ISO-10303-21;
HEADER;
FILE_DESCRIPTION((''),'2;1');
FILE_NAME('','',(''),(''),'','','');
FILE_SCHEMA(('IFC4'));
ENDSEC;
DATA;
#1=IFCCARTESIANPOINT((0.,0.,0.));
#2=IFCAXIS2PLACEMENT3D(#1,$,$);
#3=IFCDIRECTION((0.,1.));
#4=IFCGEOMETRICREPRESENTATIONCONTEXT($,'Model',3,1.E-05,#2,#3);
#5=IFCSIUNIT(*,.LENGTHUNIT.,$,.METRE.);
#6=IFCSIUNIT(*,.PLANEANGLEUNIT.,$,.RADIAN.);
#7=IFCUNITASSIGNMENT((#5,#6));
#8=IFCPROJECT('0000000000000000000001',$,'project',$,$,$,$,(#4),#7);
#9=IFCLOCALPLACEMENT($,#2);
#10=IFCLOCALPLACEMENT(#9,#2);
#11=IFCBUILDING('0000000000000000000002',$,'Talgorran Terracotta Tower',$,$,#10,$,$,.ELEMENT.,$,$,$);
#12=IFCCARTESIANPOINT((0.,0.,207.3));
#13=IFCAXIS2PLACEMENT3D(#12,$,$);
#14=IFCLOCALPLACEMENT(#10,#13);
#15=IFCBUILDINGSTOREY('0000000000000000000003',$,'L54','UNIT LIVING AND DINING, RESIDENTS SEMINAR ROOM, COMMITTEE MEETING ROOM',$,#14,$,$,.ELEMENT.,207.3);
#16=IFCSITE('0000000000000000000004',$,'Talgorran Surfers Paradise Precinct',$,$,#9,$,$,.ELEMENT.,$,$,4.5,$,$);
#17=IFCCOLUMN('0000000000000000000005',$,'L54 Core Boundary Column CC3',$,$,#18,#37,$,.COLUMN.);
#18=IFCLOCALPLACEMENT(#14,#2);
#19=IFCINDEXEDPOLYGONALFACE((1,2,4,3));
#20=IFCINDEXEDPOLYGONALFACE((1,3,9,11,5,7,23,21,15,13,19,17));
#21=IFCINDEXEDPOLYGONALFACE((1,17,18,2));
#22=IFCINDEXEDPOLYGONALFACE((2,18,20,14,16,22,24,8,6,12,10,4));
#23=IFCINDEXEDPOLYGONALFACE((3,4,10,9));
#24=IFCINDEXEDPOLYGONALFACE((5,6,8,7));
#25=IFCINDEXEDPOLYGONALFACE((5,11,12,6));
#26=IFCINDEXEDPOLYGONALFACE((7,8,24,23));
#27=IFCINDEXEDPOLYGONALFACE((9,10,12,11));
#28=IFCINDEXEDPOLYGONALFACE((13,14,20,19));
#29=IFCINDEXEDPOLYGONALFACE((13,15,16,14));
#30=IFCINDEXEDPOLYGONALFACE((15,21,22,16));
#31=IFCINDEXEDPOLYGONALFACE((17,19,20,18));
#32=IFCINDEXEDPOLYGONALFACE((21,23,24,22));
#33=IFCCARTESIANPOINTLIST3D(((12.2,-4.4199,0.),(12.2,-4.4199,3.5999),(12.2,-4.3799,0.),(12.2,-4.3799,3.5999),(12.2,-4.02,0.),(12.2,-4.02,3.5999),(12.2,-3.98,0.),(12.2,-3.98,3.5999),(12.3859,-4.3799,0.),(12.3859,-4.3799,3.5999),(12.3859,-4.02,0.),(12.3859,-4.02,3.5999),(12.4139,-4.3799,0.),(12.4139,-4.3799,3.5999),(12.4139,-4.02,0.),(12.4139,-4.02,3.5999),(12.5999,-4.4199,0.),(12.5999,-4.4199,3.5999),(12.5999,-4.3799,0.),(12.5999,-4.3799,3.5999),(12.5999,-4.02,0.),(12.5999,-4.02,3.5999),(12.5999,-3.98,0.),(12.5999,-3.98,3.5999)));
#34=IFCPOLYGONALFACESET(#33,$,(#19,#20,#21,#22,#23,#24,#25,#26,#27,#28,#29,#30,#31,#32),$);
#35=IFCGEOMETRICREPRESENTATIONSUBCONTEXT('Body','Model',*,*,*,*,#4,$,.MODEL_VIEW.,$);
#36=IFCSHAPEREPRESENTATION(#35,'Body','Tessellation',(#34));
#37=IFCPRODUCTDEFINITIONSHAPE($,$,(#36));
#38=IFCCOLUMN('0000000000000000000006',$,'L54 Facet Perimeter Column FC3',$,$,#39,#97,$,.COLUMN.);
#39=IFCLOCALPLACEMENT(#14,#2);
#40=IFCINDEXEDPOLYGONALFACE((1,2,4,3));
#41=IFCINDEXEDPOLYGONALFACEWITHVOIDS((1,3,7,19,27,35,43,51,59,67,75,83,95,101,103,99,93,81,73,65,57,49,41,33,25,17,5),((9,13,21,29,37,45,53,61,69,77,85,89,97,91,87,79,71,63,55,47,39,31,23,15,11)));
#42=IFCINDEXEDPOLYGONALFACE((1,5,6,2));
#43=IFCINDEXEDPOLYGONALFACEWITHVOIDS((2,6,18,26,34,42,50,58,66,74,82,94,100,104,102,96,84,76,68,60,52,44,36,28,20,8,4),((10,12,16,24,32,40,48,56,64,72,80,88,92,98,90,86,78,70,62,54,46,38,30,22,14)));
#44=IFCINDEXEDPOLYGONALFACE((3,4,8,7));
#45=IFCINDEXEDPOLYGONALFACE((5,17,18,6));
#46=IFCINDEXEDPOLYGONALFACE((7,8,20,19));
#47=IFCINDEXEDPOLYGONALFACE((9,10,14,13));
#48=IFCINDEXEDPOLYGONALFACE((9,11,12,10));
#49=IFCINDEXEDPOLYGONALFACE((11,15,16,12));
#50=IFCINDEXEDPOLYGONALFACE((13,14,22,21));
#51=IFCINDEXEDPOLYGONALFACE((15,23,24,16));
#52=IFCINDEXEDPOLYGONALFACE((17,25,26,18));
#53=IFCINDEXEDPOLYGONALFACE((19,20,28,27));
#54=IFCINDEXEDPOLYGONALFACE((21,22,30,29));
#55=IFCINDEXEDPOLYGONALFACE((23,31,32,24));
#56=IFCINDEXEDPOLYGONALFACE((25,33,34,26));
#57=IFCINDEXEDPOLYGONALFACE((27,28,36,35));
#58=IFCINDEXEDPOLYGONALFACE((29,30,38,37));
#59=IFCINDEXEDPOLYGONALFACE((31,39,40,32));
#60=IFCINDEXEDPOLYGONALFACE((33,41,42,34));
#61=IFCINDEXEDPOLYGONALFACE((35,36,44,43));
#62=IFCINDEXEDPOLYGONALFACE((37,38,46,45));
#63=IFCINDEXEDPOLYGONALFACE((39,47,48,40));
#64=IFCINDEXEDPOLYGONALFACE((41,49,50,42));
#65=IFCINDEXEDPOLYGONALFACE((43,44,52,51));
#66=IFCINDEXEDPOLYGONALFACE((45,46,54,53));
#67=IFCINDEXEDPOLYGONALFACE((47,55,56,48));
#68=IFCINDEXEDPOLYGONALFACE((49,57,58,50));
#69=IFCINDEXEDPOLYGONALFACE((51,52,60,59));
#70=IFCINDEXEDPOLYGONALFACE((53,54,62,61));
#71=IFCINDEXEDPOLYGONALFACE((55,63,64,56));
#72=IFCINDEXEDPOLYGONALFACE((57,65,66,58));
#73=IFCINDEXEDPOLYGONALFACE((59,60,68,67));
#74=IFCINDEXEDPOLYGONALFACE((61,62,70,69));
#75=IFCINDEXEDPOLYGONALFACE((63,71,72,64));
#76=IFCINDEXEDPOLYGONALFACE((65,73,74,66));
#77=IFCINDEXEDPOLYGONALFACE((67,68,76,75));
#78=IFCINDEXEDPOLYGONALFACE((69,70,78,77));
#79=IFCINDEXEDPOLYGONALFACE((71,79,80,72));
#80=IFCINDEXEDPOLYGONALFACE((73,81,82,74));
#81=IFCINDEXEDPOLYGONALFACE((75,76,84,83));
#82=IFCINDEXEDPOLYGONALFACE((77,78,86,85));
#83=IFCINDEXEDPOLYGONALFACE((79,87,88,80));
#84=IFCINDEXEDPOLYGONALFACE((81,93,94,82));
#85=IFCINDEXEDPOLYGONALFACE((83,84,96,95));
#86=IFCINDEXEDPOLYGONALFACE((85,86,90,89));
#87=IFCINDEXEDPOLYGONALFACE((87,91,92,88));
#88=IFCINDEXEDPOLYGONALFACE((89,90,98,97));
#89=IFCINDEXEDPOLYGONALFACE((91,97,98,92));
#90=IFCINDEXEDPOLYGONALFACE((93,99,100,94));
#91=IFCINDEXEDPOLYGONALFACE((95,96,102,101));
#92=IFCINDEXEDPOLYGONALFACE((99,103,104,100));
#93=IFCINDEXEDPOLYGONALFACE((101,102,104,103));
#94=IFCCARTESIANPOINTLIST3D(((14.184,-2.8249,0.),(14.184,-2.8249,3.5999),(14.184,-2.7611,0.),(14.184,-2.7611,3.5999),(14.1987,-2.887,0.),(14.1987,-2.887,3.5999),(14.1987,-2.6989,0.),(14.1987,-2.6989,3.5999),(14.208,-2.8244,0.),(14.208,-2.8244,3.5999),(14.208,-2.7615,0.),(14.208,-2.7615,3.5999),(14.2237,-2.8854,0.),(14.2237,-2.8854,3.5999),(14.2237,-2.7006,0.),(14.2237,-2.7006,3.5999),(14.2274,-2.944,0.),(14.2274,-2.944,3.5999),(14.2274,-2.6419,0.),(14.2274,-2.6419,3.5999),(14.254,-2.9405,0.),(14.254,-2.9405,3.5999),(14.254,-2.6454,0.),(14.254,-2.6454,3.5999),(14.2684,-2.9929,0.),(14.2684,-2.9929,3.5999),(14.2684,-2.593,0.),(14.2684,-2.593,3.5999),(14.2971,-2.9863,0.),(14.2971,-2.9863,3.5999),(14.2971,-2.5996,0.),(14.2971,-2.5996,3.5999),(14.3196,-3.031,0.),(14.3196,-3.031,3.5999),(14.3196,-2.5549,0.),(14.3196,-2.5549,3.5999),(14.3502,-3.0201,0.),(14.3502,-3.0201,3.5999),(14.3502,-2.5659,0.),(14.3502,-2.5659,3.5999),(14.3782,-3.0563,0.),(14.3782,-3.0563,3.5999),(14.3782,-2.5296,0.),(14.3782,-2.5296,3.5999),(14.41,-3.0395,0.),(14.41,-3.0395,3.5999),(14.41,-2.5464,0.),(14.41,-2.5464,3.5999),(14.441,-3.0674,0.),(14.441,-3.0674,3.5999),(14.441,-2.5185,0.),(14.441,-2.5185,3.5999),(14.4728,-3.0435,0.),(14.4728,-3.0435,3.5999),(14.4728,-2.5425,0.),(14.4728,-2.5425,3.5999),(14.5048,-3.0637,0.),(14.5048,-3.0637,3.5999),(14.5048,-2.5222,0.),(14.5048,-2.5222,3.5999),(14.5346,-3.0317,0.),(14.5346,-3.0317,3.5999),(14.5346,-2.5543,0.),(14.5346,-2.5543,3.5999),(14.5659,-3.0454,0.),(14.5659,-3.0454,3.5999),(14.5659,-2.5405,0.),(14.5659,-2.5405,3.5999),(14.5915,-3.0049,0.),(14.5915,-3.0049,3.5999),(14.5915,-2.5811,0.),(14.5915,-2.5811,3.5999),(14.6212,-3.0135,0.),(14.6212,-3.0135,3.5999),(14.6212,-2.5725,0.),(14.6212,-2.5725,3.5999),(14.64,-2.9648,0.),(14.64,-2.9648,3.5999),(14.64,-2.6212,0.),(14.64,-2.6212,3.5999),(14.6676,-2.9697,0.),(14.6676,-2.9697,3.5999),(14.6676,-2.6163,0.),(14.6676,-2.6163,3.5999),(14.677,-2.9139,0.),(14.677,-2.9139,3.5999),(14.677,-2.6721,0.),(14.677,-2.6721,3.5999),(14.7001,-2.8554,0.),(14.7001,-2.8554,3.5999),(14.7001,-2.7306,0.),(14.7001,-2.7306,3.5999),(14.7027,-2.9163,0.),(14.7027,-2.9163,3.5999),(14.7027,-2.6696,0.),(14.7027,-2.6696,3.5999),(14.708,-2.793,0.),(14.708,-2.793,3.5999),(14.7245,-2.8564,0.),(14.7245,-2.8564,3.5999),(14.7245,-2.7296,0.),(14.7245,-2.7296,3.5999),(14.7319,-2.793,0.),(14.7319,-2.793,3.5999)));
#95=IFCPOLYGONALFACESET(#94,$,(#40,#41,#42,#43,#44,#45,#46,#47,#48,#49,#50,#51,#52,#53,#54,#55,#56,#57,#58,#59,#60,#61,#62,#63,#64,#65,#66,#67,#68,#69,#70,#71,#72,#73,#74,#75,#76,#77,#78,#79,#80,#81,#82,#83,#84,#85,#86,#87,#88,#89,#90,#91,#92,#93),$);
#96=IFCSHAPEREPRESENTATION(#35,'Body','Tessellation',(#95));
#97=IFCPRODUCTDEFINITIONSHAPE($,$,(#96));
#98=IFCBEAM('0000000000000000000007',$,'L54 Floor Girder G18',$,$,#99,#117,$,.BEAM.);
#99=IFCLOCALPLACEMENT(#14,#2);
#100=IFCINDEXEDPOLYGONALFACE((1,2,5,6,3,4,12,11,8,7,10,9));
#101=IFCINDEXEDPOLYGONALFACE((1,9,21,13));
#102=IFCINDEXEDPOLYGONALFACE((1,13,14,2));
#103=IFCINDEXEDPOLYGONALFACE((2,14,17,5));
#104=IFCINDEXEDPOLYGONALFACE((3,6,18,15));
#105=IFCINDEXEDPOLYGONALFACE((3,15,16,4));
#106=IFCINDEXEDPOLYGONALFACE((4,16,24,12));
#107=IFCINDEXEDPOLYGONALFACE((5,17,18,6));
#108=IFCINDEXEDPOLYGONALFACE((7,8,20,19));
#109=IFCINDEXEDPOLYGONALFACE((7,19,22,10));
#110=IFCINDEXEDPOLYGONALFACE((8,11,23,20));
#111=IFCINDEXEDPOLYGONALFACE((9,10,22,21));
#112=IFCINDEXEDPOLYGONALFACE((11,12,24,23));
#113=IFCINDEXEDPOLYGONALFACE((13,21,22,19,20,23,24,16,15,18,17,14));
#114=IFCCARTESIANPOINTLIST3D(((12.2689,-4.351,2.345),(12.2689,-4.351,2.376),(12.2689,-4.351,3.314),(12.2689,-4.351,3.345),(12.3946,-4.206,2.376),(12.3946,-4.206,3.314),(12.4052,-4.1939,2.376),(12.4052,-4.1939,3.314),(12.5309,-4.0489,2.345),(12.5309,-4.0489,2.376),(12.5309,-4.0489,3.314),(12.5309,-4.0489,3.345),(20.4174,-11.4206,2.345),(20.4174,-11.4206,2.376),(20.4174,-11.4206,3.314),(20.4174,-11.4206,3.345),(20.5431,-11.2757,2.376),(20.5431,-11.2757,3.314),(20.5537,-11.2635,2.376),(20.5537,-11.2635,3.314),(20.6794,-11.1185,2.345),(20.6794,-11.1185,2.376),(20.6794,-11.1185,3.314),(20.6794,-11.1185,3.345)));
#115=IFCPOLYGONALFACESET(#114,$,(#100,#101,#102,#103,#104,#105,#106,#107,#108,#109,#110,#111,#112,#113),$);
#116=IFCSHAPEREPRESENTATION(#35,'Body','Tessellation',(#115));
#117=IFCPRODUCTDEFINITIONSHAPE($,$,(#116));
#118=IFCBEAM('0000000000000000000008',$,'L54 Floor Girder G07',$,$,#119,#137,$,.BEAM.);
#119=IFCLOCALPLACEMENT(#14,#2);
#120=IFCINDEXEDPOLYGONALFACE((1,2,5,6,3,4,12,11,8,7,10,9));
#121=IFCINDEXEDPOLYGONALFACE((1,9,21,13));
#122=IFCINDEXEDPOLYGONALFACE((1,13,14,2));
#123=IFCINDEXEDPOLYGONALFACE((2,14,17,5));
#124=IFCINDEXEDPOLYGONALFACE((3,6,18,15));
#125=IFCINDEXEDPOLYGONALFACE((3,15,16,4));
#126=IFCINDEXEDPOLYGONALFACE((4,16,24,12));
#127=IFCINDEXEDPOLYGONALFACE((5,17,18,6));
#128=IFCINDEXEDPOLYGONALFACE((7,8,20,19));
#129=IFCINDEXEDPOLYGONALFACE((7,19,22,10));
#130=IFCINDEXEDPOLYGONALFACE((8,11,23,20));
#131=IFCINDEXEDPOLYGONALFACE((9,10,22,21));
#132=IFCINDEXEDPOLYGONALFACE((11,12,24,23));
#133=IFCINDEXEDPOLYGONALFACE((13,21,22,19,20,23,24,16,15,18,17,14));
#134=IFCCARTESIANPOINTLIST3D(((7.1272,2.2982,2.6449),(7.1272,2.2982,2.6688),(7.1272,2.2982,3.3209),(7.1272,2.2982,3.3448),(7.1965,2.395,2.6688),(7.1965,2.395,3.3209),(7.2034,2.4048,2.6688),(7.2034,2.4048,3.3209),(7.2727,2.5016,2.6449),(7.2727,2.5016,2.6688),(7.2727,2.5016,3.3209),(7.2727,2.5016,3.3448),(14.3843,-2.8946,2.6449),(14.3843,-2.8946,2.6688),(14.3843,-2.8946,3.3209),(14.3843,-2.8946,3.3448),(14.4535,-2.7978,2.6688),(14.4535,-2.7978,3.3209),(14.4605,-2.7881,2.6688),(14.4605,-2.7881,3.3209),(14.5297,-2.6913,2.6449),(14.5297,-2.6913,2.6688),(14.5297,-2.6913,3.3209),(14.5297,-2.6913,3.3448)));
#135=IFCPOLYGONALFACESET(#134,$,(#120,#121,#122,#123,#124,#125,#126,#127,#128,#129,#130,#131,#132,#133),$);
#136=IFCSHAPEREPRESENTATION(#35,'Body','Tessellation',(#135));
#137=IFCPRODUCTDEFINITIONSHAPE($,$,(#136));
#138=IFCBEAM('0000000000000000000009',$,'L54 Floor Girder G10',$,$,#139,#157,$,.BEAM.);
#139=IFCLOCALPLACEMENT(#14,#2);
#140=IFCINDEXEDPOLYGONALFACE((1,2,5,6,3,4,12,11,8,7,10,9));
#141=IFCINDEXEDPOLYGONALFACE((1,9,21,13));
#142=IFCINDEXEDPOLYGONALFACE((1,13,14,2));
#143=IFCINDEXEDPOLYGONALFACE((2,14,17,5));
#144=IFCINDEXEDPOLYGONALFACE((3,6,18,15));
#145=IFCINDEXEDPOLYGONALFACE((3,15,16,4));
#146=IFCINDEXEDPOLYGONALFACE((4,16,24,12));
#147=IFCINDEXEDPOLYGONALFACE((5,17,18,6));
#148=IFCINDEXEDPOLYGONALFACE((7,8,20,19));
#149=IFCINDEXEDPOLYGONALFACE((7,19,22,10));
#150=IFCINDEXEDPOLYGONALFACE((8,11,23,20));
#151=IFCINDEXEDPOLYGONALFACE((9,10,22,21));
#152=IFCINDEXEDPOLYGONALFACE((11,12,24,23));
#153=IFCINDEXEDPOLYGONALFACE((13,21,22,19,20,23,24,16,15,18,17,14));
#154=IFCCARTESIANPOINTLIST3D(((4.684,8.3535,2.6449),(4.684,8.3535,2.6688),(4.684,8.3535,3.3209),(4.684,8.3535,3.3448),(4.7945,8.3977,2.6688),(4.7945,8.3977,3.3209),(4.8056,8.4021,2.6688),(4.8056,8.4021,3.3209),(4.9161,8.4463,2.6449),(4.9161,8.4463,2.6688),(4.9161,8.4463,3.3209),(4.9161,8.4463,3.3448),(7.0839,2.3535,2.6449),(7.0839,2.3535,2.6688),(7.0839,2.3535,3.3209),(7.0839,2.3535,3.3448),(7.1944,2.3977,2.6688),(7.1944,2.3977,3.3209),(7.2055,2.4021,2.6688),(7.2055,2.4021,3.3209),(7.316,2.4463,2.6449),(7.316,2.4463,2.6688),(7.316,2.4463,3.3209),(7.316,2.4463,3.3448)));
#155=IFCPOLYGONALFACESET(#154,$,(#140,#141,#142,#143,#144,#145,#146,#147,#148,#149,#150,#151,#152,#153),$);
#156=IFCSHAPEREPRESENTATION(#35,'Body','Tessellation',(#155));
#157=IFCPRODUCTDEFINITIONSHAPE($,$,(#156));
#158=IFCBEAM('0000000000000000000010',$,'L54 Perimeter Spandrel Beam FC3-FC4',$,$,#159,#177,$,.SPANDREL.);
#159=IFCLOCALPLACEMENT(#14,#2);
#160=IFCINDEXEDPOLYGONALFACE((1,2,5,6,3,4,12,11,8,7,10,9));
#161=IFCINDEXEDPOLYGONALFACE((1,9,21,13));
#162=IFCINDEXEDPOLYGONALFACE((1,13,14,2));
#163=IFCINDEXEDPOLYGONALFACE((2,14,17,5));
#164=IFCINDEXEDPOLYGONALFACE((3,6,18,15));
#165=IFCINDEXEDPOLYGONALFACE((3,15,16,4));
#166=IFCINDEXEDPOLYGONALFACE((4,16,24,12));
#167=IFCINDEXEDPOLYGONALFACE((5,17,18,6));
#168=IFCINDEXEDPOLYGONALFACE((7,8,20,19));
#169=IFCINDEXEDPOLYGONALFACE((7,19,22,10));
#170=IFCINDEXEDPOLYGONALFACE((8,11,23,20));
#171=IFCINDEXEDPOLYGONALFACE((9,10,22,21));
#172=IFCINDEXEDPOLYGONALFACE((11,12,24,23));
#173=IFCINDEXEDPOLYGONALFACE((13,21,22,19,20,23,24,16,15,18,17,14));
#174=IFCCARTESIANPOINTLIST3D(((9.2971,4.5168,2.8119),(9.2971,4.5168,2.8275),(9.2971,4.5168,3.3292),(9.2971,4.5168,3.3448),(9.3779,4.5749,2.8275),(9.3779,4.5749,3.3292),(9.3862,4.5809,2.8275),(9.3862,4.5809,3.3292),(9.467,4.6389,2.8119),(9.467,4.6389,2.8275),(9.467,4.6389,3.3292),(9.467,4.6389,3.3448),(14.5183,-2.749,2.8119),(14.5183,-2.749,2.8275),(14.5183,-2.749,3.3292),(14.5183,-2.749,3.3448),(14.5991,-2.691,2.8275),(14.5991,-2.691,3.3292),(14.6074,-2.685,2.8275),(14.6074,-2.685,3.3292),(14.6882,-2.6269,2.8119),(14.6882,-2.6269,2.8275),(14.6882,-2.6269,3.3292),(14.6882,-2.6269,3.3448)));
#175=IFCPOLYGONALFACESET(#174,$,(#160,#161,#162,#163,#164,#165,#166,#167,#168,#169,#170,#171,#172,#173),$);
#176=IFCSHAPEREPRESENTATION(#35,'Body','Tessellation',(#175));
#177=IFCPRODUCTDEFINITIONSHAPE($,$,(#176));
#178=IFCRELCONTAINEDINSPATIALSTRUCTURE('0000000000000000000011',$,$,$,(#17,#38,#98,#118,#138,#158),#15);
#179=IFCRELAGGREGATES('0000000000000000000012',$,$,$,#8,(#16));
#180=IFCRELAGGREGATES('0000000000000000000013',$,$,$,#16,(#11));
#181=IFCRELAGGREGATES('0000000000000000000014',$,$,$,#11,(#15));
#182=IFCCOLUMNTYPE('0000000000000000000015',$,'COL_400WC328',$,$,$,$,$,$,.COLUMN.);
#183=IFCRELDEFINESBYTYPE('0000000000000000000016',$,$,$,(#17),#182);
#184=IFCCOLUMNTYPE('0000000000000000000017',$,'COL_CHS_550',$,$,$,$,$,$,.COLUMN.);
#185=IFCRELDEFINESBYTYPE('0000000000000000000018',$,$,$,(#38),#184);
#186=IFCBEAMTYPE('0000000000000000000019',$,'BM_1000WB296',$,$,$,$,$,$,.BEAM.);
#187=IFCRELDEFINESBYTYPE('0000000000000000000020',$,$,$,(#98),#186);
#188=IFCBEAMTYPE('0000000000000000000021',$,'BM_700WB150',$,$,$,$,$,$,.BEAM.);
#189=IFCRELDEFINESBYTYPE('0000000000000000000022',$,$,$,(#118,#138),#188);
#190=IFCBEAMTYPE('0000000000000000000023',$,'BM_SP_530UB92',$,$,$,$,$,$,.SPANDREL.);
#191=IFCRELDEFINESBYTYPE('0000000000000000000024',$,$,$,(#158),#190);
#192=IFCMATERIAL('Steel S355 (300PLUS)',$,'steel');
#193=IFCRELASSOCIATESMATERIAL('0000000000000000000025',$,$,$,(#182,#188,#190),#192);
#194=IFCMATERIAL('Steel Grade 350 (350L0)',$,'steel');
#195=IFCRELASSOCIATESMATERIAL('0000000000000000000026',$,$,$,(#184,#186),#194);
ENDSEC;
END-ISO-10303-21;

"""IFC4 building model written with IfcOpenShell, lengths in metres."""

from ifc_helpers import new_model, si_unit, direction, frame, origin, origin_2d, place, context, subcontext, project, spatial, hollow_circle, i_section, extrude, material, material_profile, profile_set, type_object, element, save


model = new_model("IFC4")

# Units and contexts
model_context = context("Model", 3, precision=1e-05, world=origin(), true_north=direction((0.0, 1.0)))
body_context = subcontext(model_context, "Body", "Model", "MODEL_VIEW")
ifc_project = project(units=[si_unit("LENGTHUNIT", "METRE"), si_unit("PLANEANGLEUNIT", "RADIAN")], contexts=[model_context])

# Site, building, storey
site_placement = place(None, origin())
site = spatial("IfcSite", under=ifc_project, at=site_placement, Name="Talgorran Surfers Paradise Precinct", CompositionType="ELEMENT", RefElevation=4.5)
building_placement = place(site_placement, origin())
building = spatial("IfcBuilding", under=site, at=building_placement, Name="Talgorran Terracotta Tower", CompositionType="ELEMENT")
storey_placement = place(building_placement, frame((0.0, 0.0, 207.3)))
storey = spatial("IfcBuildingStorey", under=building, at=storey_placement, Name="L54", Description="UNIT LIVING AND DINING, RESIDENTS SEMINAR ROOM, COMMITTEE MEETING ROOM", CompositionType="ELEMENT", Elevation=207.3)

# Columns
ifc_material_1 = material(Name="Steel S355 (300PLUS)", Category="steel")
ifc_material_profile_1 = material_profile(ifc_material_1, i_section(OverallWidth=0.3999, OverallDepth=0.4399, WebThickness=0.0281, FlangeThickness=0.04, at=origin_2d()), Name="400WC328")
ifc_profile_set_1 = profile_set([ifc_material_profile_1], Name="Steel S355 (300PLUS)")
column_type_1 = type_object("IfcColumnType", Name="COL_400WC328", PredefinedType="COLUMN", material=ifc_profile_set_1)
column_1_placement = place(storey_placement, frame((12.3999, -4.2, 0.0), z_axis=(0.0, 0.0, 1.0), x_axis=(1.0, 0.0, 0.0)))
element("IfcColumn", 1, at=column_1_placement, inside=storey, type_object=column_type_1, Name="L54 Core Boundary Column CC3", PredefinedType="COLUMN", context=body_context, shape_type="SweptSolid", body=[
    extrude(i_section(OverallWidth=0.3999, OverallDepth=0.4399, WebThickness=0.0281, FlangeThickness=0.04, at=origin_2d()), origin(), (0.0, 0.0, 1.0), 3.5999),
])
ifc_material_2 = material(Name="Steel Grade 350 (350L0)", Category="steel")
ifc_material_profile_2 = material_profile(ifc_material_2, hollow_circle(Radius=0.2749, WallThickness=0.0239, at=origin_2d()), Name="CHS550X24")
ifc_profile_set_2 = profile_set([ifc_material_profile_2], Name="Steel Grade 350 (350L0)")
column_type_2 = type_object("IfcColumnType", Name="COL_CHS_550", PredefinedType="COLUMN", material=ifc_profile_set_2)
column_2_placement = place(storey_placement, frame((14.457, -2.793, 0.0), z_axis=(0.0, 0.0, 1.0), x_axis=(1.0, 0.0, 0.0)))
element("IfcColumn", 2, at=column_2_placement, inside=storey, type_object=column_type_2, Name="L54 Facet Perimeter Column FC3", PredefinedType="COLUMN", context=body_context, shape_type="SweptSolid", body=[
    extrude(hollow_circle(Radius=0.2749, WallThickness=0.0239, at=origin_2d()), origin(), (0.0, 0.0, 1.0), 3.5999),
])

# Beams
ifc_material_profile_3 = material_profile(ifc_material_2, i_section(OverallWidth=0.3999, OverallDepth=1.0, WebThickness=0.0161, FlangeThickness=0.031, at=origin_2d()), Name="1000WB296")
ifc_profile_set_3 = profile_set([ifc_material_profile_3], Name="Steel Grade 350 (350L0)")
beam_type_1 = type_object("IfcBeamType", Name="BM_1000WB296", PredefinedType="BEAM", material=ifc_profile_set_3)
beam_1_placement = place(storey_placement, frame((12.3999, -4.2, 2.845), z_axis=(0.75534, -0.655333, 0.0), x_axis=(0.655333, 0.75534, 0.0)))
element("IfcBeam", 3, at=beam_1_placement, inside=storey, type_object=beam_type_1, Name="L54 Floor Girder G18", PredefinedType="BEAM", context=body_context, shape_type="SweptSolid", body=[
    extrude(i_section(OverallWidth=0.3999, OverallDepth=1.0, WebThickness=0.0161, FlangeThickness=0.031, at=origin_2d()), origin(), (0.0, 0.0, 1.0), 10.7878),
])
ifc_material_profile_4 = material_profile(ifc_material_1, i_section(OverallWidth=0.25, OverallDepth=0.7, WebThickness=0.012, FlangeThickness=0.0239, at=origin_2d()), Name="700WB150")
ifc_profile_set_4 = profile_set([ifc_material_profile_4], Name="Steel S355 (300PLUS)")
beam_type_2 = type_object("IfcBeamType", Name="BM_700WB150", PredefinedType="BEAM", material=ifc_profile_set_4)
beam_2_placement = place(storey_placement, frame((7.2, 2.3999, 2.9949), z_axis=(0.813243, -0.581924, 0.0), x_axis=(0.581924, 0.813243, 0.0)))
element("IfcBeam", 4, at=beam_2_placement, inside=storey, type_object=beam_type_2, Name="L54 Floor Girder G07", PredefinedType="BEAM", context=body_context, shape_type="SweptSolid", body=[
    extrude(i_section(OverallWidth=0.25, OverallDepth=0.7, WebThickness=0.012, FlangeThickness=0.0239, at=origin_2d()), origin(), (0.0, 0.0, 1.0), 8.9236),
])
beam_3_placement = place(storey_placement, frame((7.2, 2.3999, 2.9949), z_axis=(-0.371378, 0.928482, 0.0), x_axis=(-0.928482, -0.371378, 0.0)))
element("IfcBeam", 5, at=beam_3_placement, inside=storey, type_object=beam_type_2, Name="L54 Floor Girder G10", PredefinedType="BEAM", context=body_context, shape_type="SweptSolid", body=[
    extrude(i_section(OverallWidth=0.25, OverallDepth=0.7, WebThickness=0.012, FlangeThickness=0.0239, at=origin_2d()), origin(), (0.0, 0.0, 1.0), 6.4622),
])
ifc_material_profile_5 = material_profile(ifc_material_1, i_section(OverallWidth=0.2092, OverallDepth=0.533, WebThickness=0.0103, FlangeThickness=0.0156, at=origin_2d()), Name="530UB92.4")
ifc_profile_set_5 = profile_set([ifc_material_profile_5], Name="Steel S355 (300PLUS)")
beam_type_3 = type_object("IfcBeamType", Name="BM_SP_530UB92", PredefinedType="SPANDREL", material=ifc_profile_set_5)
beam_4_placement = place(storey_placement, frame((14.6033, -2.688, 3.0784), z_axis=(-0.583551, 0.812076, 0.0), x_axis=(-0.812076, -0.583551, 0.0)))
element("IfcBeam", 6, at=beam_4_placement, inside=storey, type_object=beam_type_3, Name="L54 Perimeter Spandrel Beam FC3-FC4", PredefinedType="SPANDREL", context=body_context, shape_type="SweptSolid", body=[
    extrude(i_section(OverallWidth=0.2092, OverallDepth=0.533, WebThickness=0.0103, FlangeThickness=0.0156, at=origin_2d()), origin(), (0.0, 0.0, 1.0), 8.9473),
])

save(model, "model.ifc")
